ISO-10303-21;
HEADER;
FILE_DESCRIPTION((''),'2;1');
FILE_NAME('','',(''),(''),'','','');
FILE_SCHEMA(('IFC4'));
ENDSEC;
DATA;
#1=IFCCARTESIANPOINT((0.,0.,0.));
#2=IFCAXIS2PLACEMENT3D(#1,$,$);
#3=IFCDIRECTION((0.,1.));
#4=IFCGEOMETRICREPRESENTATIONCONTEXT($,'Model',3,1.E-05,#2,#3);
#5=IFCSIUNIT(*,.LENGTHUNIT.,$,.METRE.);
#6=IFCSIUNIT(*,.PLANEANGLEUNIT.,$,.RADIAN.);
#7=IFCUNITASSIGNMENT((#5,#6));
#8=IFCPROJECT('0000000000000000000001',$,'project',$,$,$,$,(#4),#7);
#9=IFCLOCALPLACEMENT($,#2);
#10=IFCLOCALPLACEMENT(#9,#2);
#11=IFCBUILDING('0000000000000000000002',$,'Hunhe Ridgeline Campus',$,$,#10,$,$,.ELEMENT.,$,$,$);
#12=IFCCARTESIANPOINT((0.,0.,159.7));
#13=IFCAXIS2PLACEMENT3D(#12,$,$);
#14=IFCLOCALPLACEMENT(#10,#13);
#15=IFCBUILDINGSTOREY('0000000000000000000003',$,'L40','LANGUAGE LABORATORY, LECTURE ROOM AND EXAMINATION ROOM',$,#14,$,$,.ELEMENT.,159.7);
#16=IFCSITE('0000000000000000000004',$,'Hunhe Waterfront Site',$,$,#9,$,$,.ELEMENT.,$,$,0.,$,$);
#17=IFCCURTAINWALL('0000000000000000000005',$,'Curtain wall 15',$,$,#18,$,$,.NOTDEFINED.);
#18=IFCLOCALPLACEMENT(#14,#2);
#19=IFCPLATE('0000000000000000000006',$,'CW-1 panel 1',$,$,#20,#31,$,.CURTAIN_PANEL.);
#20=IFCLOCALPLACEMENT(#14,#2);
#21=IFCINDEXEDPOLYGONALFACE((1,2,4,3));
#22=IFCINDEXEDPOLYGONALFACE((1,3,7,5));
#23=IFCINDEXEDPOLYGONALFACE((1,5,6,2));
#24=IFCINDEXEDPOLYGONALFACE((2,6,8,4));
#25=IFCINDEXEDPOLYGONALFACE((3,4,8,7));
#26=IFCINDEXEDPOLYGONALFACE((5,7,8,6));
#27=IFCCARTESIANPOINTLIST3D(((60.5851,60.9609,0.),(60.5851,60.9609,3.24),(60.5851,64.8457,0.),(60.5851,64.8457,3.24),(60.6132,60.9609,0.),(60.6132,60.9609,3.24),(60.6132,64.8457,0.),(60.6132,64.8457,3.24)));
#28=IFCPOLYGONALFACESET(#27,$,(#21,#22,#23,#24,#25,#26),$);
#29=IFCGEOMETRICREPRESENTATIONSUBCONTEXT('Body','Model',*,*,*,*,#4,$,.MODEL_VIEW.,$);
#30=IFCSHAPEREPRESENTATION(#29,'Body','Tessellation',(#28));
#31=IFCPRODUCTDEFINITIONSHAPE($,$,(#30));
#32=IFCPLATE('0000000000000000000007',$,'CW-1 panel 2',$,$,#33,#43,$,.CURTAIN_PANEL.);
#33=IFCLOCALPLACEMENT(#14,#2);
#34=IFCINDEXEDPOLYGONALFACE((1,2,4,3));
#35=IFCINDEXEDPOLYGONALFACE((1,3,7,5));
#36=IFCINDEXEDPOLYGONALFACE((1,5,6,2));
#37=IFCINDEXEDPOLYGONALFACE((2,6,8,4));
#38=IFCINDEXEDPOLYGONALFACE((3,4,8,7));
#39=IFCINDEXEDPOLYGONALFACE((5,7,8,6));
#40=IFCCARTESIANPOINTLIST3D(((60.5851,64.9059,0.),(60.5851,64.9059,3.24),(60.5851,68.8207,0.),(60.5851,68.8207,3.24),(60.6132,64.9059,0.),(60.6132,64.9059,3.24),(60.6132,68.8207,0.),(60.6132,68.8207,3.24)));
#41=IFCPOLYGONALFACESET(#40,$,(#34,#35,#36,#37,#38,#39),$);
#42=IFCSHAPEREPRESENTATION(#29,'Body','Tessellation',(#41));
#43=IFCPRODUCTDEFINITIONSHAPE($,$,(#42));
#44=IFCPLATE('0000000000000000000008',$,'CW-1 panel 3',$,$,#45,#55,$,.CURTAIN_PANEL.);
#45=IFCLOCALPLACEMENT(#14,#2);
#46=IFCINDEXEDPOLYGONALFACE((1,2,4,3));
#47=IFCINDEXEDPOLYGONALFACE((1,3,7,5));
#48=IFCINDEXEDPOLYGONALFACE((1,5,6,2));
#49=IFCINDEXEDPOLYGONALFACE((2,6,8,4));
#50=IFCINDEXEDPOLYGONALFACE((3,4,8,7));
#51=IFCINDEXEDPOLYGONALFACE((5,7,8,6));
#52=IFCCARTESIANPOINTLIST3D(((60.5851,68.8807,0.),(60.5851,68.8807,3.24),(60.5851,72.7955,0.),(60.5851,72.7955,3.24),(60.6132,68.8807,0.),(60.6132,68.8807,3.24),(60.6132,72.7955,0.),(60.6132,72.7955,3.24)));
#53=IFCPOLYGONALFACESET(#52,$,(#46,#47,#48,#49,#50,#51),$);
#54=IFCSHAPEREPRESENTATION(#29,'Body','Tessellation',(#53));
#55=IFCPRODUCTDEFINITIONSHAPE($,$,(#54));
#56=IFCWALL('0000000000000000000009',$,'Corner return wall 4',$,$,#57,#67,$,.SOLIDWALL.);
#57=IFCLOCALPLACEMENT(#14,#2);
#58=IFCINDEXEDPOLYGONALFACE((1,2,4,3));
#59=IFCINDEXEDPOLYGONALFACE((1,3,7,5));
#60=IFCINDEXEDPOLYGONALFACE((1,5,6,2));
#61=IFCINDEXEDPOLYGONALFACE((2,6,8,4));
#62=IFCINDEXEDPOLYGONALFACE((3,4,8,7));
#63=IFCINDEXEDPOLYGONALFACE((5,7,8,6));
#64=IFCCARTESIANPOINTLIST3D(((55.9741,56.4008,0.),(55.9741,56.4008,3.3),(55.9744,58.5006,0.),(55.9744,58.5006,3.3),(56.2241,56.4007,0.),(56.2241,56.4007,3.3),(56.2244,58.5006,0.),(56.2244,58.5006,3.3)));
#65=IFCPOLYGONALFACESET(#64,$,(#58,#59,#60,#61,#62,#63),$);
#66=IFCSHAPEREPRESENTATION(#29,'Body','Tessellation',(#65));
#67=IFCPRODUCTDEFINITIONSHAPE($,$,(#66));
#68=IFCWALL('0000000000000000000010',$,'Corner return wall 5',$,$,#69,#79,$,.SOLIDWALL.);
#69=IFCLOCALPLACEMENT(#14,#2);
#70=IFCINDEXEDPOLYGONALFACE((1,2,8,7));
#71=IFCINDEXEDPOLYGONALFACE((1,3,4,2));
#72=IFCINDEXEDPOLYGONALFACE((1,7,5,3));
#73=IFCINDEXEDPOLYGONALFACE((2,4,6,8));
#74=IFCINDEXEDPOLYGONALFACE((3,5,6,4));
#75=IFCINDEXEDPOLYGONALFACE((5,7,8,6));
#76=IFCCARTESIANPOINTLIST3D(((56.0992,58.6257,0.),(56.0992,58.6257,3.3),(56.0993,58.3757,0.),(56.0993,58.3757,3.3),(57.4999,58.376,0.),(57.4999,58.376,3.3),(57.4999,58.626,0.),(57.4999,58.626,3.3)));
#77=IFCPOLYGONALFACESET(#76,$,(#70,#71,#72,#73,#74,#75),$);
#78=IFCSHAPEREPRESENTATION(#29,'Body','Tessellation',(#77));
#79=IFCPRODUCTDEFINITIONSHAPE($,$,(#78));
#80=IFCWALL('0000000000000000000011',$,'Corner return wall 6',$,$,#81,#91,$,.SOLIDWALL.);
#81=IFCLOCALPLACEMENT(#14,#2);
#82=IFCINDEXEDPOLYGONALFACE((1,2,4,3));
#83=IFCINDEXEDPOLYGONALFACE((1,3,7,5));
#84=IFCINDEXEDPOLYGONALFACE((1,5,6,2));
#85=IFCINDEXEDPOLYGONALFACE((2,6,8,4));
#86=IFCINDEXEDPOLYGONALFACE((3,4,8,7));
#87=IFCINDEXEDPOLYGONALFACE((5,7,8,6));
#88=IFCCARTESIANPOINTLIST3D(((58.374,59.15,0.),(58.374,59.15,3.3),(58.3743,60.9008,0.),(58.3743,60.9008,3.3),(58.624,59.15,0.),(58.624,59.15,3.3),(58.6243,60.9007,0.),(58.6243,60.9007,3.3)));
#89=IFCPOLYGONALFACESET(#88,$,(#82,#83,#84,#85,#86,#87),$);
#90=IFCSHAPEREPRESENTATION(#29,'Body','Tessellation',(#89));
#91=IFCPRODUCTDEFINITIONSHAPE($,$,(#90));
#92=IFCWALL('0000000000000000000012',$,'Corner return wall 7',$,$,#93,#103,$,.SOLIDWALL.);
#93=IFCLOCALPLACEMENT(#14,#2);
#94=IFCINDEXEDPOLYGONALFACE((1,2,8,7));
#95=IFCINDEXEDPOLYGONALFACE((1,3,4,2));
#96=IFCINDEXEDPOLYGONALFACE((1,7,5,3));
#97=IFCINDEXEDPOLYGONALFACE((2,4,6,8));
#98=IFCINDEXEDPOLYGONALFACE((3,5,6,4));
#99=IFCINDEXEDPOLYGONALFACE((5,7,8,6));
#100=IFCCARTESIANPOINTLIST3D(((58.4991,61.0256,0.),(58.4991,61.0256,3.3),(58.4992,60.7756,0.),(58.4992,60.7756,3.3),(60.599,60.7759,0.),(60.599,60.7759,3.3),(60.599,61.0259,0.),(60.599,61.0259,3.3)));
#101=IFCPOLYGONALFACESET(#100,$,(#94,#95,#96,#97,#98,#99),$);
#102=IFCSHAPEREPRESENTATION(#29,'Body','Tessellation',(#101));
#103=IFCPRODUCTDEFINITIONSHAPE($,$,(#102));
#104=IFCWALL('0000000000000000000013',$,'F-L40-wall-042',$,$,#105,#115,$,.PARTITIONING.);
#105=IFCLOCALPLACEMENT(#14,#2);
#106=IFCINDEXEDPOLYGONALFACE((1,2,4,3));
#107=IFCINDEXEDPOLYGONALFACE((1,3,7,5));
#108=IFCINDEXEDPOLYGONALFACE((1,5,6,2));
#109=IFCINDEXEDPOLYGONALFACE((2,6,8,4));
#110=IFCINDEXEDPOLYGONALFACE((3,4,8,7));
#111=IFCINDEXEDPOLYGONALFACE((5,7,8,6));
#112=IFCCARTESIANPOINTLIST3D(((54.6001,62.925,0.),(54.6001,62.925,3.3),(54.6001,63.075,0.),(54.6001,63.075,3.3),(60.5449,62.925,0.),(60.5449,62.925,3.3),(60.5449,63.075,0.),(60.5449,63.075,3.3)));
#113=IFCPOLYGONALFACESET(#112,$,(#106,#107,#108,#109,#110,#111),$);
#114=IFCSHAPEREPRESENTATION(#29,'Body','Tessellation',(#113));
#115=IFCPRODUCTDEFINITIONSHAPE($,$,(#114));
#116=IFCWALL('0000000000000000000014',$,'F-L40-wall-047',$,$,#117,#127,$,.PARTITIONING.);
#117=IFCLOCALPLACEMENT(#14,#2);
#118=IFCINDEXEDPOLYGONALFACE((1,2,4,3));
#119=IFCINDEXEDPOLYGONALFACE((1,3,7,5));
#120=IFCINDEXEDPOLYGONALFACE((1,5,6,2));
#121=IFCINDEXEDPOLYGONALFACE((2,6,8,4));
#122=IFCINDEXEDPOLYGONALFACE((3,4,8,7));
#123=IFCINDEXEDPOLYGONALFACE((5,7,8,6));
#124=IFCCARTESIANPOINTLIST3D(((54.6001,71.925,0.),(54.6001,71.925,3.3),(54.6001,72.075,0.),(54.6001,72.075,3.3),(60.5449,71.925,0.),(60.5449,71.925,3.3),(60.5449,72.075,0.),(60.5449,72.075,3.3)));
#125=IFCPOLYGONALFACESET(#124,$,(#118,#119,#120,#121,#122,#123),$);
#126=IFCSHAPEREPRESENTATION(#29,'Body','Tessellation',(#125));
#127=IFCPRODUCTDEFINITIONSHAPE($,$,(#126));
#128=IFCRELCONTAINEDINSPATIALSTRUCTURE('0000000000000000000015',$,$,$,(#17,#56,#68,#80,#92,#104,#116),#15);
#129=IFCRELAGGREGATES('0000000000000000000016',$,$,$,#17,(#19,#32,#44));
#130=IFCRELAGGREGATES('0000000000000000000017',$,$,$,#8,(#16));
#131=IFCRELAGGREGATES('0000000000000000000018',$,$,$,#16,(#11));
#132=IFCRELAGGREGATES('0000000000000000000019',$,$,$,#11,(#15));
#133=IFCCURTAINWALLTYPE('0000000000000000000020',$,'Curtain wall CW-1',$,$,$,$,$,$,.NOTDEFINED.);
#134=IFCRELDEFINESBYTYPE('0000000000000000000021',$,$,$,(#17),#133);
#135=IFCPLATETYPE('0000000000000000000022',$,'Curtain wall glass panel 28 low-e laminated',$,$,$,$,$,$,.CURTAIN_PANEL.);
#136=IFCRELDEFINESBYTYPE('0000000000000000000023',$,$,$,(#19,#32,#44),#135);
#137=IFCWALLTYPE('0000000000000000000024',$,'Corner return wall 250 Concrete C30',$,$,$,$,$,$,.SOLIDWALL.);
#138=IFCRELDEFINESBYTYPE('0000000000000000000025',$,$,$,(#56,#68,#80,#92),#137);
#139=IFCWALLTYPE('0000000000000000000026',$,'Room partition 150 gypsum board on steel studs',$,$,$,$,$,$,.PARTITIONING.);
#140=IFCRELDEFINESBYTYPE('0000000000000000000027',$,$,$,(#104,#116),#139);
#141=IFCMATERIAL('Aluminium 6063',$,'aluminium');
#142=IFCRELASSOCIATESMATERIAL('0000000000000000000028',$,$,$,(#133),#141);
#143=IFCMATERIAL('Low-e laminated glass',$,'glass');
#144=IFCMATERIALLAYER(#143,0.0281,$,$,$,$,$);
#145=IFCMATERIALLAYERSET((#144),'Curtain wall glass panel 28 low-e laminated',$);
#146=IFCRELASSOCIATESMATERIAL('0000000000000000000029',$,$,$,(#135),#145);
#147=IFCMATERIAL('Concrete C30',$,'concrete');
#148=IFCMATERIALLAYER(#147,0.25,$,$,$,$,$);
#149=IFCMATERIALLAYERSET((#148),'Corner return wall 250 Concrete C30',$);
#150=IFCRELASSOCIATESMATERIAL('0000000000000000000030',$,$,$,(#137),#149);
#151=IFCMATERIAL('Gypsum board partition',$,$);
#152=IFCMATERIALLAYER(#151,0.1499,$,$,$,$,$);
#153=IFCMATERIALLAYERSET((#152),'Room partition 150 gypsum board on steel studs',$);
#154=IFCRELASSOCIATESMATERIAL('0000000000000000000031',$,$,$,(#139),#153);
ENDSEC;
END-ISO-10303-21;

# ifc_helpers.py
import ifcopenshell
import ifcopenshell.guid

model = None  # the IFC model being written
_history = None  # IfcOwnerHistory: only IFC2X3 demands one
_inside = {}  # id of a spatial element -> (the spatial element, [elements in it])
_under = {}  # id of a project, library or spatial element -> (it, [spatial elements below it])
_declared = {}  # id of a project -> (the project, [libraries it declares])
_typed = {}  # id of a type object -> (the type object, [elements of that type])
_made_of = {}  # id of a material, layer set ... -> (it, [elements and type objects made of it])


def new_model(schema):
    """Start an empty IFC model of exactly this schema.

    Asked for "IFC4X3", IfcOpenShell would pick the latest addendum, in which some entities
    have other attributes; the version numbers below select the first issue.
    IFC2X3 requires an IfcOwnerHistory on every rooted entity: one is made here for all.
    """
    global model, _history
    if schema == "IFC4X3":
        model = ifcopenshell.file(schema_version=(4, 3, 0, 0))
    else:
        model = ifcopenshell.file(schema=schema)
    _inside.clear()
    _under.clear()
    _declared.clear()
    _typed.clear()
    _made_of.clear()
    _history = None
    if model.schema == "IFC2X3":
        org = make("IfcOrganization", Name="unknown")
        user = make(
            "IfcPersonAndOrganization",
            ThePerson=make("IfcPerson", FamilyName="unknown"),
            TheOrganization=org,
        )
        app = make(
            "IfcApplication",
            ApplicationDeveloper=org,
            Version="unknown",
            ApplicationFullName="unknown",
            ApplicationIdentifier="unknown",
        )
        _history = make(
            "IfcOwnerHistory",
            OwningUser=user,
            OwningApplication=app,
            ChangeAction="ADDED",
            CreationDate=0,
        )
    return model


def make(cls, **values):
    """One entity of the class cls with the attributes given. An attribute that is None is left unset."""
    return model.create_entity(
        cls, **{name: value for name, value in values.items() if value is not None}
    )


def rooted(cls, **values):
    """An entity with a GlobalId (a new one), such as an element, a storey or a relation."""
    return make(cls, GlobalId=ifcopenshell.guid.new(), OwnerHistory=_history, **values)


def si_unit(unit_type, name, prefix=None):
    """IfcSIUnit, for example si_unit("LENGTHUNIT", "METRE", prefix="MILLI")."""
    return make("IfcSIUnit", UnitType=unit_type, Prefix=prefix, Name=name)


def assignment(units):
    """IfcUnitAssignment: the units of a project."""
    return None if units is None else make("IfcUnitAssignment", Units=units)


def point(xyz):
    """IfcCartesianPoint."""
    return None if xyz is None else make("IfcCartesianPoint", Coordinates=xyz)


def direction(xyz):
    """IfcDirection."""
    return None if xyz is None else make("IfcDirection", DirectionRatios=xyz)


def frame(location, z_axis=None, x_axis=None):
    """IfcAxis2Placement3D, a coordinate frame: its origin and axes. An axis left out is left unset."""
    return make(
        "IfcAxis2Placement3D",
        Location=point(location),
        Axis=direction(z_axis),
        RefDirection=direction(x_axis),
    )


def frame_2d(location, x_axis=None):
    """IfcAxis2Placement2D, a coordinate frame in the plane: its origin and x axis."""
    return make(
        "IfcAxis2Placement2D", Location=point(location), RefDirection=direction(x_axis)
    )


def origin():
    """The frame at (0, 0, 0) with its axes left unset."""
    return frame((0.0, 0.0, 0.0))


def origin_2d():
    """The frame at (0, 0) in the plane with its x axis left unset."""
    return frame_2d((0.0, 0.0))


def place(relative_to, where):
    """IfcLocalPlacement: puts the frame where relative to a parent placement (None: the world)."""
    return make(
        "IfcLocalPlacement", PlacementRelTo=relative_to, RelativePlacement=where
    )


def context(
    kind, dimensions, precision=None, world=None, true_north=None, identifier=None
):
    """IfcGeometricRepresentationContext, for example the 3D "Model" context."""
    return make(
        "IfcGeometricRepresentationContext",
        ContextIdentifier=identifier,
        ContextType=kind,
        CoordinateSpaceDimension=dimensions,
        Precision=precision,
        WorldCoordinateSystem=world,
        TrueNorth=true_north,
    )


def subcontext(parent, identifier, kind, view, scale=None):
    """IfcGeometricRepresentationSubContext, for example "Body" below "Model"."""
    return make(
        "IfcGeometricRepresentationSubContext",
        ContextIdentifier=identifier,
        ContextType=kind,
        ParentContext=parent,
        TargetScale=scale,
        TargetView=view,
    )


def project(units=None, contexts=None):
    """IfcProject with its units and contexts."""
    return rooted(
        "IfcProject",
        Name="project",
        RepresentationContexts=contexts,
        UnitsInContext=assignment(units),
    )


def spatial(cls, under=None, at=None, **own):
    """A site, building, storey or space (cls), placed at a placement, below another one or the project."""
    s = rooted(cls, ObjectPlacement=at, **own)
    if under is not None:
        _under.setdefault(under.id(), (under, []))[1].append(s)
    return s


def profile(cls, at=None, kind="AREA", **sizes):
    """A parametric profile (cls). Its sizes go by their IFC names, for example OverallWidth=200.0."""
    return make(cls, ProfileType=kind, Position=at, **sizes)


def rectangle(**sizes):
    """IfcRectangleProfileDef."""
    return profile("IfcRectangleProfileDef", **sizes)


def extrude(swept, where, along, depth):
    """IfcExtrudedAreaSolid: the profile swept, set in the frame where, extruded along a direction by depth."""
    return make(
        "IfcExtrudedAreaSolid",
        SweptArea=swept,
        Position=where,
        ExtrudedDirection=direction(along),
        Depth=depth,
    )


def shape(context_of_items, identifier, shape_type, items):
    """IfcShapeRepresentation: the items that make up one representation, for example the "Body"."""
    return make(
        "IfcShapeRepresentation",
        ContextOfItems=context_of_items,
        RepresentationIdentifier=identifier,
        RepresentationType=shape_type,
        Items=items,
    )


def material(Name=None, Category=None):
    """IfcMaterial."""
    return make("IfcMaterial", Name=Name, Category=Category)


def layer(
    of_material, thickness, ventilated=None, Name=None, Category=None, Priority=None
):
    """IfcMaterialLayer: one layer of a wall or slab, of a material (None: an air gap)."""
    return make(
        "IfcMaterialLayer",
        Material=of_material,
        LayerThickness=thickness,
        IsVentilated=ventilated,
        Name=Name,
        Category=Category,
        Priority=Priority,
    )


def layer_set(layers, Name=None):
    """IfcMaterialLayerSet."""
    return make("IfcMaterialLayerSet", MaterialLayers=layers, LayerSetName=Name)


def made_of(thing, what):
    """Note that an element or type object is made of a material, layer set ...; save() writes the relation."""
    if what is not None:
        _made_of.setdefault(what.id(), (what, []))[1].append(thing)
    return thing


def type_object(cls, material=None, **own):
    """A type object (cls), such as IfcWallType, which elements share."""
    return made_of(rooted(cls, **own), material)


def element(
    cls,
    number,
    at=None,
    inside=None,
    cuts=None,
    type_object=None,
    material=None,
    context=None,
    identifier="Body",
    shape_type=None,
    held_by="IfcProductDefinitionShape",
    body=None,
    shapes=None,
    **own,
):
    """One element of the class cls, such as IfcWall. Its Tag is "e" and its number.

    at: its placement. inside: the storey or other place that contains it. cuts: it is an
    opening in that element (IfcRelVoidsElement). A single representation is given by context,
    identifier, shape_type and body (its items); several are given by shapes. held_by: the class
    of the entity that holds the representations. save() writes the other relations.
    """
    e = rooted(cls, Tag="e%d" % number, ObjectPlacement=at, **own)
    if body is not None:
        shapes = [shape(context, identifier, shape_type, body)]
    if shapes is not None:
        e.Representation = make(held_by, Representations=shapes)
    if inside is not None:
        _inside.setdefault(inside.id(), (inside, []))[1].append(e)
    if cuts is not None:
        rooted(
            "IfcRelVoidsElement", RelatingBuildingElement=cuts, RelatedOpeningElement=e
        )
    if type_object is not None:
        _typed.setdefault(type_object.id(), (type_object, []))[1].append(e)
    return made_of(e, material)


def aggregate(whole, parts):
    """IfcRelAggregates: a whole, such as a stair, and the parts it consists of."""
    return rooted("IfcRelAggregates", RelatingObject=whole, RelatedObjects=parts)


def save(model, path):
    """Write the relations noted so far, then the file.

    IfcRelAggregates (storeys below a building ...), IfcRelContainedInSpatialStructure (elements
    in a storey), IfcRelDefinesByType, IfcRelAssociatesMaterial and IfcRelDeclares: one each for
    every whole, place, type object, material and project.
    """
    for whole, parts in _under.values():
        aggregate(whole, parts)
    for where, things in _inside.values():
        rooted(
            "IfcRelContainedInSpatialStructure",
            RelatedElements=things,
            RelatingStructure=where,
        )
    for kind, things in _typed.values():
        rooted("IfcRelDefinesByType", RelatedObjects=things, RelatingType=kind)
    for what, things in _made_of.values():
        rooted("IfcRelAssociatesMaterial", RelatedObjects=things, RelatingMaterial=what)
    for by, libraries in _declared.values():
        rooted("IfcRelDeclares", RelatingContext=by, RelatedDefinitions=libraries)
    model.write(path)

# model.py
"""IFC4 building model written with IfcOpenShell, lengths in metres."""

from ifc_helpers import new_model, si_unit, direction, frame, frame_2d, origin, origin_2d, place, context, subcontext, project, spatial, rectangle, extrude, material, layer, layer_set, type_object, element, aggregate, save


model = new_model("IFC4")

# Units and contexts
model_context = context("Model", 3, precision=1e-05, world=origin(), true_north=direction((0.0, 1.0)))
body_context = subcontext(model_context, "Body", "Model", "MODEL_VIEW")
ifc_project = project(units=[si_unit("LENGTHUNIT", "METRE"), si_unit("PLANEANGLEUNIT", "RADIAN")], contexts=[model_context])

# Site, building, storey
site_placement = place(None, origin())
site = spatial("IfcSite", under=ifc_project, at=site_placement, Name="Hunhe Waterfront Site", CompositionType="ELEMENT", RefElevation=0.0)
building_placement = place(site_placement, origin())
building = spatial("IfcBuilding", under=site, at=building_placement, Name="Hunhe Ridgeline Campus", CompositionType="ELEMENT")
storey_placement = place(building_placement, frame((0.0, 0.0, 159.7)))
storey = spatial("IfcBuildingStorey", under=building, at=storey_placement, Name="L40", Description="LANGUAGE LABORATORY, LECTURE ROOM AND EXAMINATION ROOM", CompositionType="ELEMENT", Elevation=159.7)

# Shared definitions
ifc_material_1 = material(Name="Aluminium 6063", Category="aluminium")
curtain_wall_type = type_object("IfcCurtainWallType", Name="Curtain wall CW-1", PredefinedType="NOTDEFINED", material=ifc_material_1)

# Curtain wall
curtain_wall_1_placement = place(storey_placement, origin())
curtain_wall_1 = element("IfcCurtainWall", 1, at=curtain_wall_1_placement, inside=storey, type_object=curtain_wall_type, Name="Curtain wall 15", PredefinedType="NOTDEFINED")

# Plates
ifc_material_2 = material(Name="Low-e laminated glass", Category="glass")
ifc_layer_1 = layer(ifc_material_2, 0.0281)
ifc_layer_set_1 = layer_set([ifc_layer_1], Name="Curtain wall glass panel 28 low-e laminated")
plate_type = type_object("IfcPlateType", Name="Curtain wall glass panel 28 low-e laminated", PredefinedType="CURTAIN_PANEL", material=ifc_layer_set_1)
plate_1_placement = place(storey_placement, frame((60.5991, 62.9033, 0.0), z_axis=(0.0, 0.0, 1.0), x_axis=(0.0, 1.0, 0.0)))
plate_1 = element("IfcPlate", 2, at=plate_1_placement, type_object=plate_type, Name="CW-1 panel 1", PredefinedType="CURTAIN_PANEL", context=body_context, shape_type="SweptSolid", body=[
    extrude(rectangle(XDim=3.8848, YDim=0.0281, at=origin_2d()), origin(), (0.0, 0.0, 1.0), 3.24),
])
plate_2_placement = place(storey_placement, frame((60.5991, 66.8633, 0.0), z_axis=(0.0, 0.0, 1.0), x_axis=(0.0, 1.0, 0.0)))
plate_2 = element("IfcPlate", 3, at=plate_2_placement, type_object=plate_type, Name="CW-1 panel 2", PredefinedType="CURTAIN_PANEL", context=body_context, shape_type="SweptSolid", body=[
    extrude(rectangle(XDim=3.9148, YDim=0.0281, at=origin_2d()), origin(), (0.0, 0.0, 1.0), 3.24),
])
plate_3_placement = place(storey_placement, frame((60.5991, 70.8381, 0.0), z_axis=(0.0, 0.0, 1.0), x_axis=(0.0, 1.0, 0.0)))
plate_3 = element("IfcPlate", 4, at=plate_3_placement, type_object=plate_type, Name="CW-1 panel 3", PredefinedType="CURTAIN_PANEL", context=body_context, shape_type="SweptSolid", body=[
    extrude(rectangle(XDim=3.9148, YDim=0.0281, at=origin_2d()), origin(), (0.0, 0.0, 1.0), 3.24),
])
aggregate(curtain_wall_1, [plate_1, plate_2, plate_3])

# Walls
ifc_material_3 = material(Name="Concrete C30", Category="concrete")
ifc_layer_2 = layer(ifc_material_3, 0.25)
ifc_layer_set_2 = layer_set([ifc_layer_2], Name="Corner return wall 250 Concrete C30")
wall_type_1 = type_object("IfcWallType", Name="Corner return wall 250 Concrete C30", PredefinedType="SOLIDWALL", material=ifc_layer_set_2)
wall_1_placement = place(storey_placement, frame((56.0991, 56.4009, 0.0), z_axis=(0.0, 0.0, 1.0), x_axis=(0.000116, 1.0, 0.0)))
element("IfcWall", 5, at=wall_1_placement, inside=storey, type_object=wall_type_1, Name="Corner return wall 4", PredefinedType="SOLIDWALL", context=body_context, shape_type="SweptSolid", body=[
    extrude(rectangle(XDim=2.0999, YDim=0.25, at=frame_2d((1.0498, 0.0))), origin(), (0.0, 0.0, 1.0), 3.3),
])
wall_2_placement = place(storey_placement, frame((56.0994, 58.5007, 0.0), z_axis=(0.0, 0.0, 1.0), x_axis=(1.0, 0.000174, 0.0)))
element("IfcWall", 6, at=wall_2_placement, inside=storey, type_object=wall_type_1, Name="Corner return wall 5", PredefinedType="SOLIDWALL", context=body_context, shape_type="SweptSolid", body=[
    extrude(rectangle(XDim=1.4006, YDim=0.25, at=frame_2d((0.7002, 0.0))), origin(), (0.0, 0.0, 1.0), 3.3),
])
wall_3_placement = place(storey_placement, frame((58.499, 59.1499, 0.0), z_axis=(0.0, 0.0, 1.0), x_axis=(0.000139, 1.0, 0.0)))
element("IfcWall", 7, at=wall_3_placement, inside=storey, type_object=wall_type_1, Name="Corner return wall 6", PredefinedType="SOLIDWALL", context=body_context, shape_type="SweptSolid", body=[
    extrude(rectangle(XDim=1.7507, YDim=0.25, at=frame_2d((0.8755, 0.0))), origin(), (0.0, 0.0, 1.0), 3.3),
])
wall_4_placement = place(storey_placement, frame((58.4993, 60.9006, 0.0), z_axis=(0.0, 0.0, 1.0), x_axis=(1.0, 0.000116, 0.0)))
element("IfcWall", 8, at=wall_4_placement, inside=storey, type_object=wall_type_1, Name="Corner return wall 7", PredefinedType="SOLIDWALL", context=body_context, shape_type="SweptSolid", body=[
    extrude(rectangle(XDim=2.0999, YDim=0.25, at=frame_2d((1.0498, 0.0))), origin(), (0.0, 0.0, 1.0), 3.3),
])
ifc_material_4 = material(Name="Gypsum board partition")
ifc_layer_3 = layer(ifc_material_4, 0.1499)
ifc_layer_set_3 = layer_set([ifc_layer_3], Name="Room partition 150 gypsum board on steel studs")
wall_type_2 = type_object("IfcWallType", Name="Room partition 150 gypsum board on steel studs", PredefinedType="PARTITIONING", material=ifc_layer_set_3)
for number, where, z_axis, x_axis, name in (
    (9, (54.6001, 63.0, 0.0), (0.0, 0.0, 1.0), (1.0, 0.0, 0.0), "F-L40-wall-042"),
    (10, (54.6001, 72.0, 0.0), (0.0, 0.0, 1.0), (1.0, 0.0, 0.0), "F-L40-wall-047"),
):
    element("IfcWall", number, at=place(storey_placement, frame(where, z_axis=z_axis, x_axis=x_axis)), inside=storey, type_object=wall_type_2, Name=name, PredefinedType="PARTITIONING", context=body_context, shape_type="SweptSolid", body=[
        extrude(rectangle(XDim=5.9448, YDim=0.1499, at=frame_2d((2.9724, 0.0))), origin(), (0.0, 0.0, 1.0), 3.3),
    ])

save(model, "model.ifc")
